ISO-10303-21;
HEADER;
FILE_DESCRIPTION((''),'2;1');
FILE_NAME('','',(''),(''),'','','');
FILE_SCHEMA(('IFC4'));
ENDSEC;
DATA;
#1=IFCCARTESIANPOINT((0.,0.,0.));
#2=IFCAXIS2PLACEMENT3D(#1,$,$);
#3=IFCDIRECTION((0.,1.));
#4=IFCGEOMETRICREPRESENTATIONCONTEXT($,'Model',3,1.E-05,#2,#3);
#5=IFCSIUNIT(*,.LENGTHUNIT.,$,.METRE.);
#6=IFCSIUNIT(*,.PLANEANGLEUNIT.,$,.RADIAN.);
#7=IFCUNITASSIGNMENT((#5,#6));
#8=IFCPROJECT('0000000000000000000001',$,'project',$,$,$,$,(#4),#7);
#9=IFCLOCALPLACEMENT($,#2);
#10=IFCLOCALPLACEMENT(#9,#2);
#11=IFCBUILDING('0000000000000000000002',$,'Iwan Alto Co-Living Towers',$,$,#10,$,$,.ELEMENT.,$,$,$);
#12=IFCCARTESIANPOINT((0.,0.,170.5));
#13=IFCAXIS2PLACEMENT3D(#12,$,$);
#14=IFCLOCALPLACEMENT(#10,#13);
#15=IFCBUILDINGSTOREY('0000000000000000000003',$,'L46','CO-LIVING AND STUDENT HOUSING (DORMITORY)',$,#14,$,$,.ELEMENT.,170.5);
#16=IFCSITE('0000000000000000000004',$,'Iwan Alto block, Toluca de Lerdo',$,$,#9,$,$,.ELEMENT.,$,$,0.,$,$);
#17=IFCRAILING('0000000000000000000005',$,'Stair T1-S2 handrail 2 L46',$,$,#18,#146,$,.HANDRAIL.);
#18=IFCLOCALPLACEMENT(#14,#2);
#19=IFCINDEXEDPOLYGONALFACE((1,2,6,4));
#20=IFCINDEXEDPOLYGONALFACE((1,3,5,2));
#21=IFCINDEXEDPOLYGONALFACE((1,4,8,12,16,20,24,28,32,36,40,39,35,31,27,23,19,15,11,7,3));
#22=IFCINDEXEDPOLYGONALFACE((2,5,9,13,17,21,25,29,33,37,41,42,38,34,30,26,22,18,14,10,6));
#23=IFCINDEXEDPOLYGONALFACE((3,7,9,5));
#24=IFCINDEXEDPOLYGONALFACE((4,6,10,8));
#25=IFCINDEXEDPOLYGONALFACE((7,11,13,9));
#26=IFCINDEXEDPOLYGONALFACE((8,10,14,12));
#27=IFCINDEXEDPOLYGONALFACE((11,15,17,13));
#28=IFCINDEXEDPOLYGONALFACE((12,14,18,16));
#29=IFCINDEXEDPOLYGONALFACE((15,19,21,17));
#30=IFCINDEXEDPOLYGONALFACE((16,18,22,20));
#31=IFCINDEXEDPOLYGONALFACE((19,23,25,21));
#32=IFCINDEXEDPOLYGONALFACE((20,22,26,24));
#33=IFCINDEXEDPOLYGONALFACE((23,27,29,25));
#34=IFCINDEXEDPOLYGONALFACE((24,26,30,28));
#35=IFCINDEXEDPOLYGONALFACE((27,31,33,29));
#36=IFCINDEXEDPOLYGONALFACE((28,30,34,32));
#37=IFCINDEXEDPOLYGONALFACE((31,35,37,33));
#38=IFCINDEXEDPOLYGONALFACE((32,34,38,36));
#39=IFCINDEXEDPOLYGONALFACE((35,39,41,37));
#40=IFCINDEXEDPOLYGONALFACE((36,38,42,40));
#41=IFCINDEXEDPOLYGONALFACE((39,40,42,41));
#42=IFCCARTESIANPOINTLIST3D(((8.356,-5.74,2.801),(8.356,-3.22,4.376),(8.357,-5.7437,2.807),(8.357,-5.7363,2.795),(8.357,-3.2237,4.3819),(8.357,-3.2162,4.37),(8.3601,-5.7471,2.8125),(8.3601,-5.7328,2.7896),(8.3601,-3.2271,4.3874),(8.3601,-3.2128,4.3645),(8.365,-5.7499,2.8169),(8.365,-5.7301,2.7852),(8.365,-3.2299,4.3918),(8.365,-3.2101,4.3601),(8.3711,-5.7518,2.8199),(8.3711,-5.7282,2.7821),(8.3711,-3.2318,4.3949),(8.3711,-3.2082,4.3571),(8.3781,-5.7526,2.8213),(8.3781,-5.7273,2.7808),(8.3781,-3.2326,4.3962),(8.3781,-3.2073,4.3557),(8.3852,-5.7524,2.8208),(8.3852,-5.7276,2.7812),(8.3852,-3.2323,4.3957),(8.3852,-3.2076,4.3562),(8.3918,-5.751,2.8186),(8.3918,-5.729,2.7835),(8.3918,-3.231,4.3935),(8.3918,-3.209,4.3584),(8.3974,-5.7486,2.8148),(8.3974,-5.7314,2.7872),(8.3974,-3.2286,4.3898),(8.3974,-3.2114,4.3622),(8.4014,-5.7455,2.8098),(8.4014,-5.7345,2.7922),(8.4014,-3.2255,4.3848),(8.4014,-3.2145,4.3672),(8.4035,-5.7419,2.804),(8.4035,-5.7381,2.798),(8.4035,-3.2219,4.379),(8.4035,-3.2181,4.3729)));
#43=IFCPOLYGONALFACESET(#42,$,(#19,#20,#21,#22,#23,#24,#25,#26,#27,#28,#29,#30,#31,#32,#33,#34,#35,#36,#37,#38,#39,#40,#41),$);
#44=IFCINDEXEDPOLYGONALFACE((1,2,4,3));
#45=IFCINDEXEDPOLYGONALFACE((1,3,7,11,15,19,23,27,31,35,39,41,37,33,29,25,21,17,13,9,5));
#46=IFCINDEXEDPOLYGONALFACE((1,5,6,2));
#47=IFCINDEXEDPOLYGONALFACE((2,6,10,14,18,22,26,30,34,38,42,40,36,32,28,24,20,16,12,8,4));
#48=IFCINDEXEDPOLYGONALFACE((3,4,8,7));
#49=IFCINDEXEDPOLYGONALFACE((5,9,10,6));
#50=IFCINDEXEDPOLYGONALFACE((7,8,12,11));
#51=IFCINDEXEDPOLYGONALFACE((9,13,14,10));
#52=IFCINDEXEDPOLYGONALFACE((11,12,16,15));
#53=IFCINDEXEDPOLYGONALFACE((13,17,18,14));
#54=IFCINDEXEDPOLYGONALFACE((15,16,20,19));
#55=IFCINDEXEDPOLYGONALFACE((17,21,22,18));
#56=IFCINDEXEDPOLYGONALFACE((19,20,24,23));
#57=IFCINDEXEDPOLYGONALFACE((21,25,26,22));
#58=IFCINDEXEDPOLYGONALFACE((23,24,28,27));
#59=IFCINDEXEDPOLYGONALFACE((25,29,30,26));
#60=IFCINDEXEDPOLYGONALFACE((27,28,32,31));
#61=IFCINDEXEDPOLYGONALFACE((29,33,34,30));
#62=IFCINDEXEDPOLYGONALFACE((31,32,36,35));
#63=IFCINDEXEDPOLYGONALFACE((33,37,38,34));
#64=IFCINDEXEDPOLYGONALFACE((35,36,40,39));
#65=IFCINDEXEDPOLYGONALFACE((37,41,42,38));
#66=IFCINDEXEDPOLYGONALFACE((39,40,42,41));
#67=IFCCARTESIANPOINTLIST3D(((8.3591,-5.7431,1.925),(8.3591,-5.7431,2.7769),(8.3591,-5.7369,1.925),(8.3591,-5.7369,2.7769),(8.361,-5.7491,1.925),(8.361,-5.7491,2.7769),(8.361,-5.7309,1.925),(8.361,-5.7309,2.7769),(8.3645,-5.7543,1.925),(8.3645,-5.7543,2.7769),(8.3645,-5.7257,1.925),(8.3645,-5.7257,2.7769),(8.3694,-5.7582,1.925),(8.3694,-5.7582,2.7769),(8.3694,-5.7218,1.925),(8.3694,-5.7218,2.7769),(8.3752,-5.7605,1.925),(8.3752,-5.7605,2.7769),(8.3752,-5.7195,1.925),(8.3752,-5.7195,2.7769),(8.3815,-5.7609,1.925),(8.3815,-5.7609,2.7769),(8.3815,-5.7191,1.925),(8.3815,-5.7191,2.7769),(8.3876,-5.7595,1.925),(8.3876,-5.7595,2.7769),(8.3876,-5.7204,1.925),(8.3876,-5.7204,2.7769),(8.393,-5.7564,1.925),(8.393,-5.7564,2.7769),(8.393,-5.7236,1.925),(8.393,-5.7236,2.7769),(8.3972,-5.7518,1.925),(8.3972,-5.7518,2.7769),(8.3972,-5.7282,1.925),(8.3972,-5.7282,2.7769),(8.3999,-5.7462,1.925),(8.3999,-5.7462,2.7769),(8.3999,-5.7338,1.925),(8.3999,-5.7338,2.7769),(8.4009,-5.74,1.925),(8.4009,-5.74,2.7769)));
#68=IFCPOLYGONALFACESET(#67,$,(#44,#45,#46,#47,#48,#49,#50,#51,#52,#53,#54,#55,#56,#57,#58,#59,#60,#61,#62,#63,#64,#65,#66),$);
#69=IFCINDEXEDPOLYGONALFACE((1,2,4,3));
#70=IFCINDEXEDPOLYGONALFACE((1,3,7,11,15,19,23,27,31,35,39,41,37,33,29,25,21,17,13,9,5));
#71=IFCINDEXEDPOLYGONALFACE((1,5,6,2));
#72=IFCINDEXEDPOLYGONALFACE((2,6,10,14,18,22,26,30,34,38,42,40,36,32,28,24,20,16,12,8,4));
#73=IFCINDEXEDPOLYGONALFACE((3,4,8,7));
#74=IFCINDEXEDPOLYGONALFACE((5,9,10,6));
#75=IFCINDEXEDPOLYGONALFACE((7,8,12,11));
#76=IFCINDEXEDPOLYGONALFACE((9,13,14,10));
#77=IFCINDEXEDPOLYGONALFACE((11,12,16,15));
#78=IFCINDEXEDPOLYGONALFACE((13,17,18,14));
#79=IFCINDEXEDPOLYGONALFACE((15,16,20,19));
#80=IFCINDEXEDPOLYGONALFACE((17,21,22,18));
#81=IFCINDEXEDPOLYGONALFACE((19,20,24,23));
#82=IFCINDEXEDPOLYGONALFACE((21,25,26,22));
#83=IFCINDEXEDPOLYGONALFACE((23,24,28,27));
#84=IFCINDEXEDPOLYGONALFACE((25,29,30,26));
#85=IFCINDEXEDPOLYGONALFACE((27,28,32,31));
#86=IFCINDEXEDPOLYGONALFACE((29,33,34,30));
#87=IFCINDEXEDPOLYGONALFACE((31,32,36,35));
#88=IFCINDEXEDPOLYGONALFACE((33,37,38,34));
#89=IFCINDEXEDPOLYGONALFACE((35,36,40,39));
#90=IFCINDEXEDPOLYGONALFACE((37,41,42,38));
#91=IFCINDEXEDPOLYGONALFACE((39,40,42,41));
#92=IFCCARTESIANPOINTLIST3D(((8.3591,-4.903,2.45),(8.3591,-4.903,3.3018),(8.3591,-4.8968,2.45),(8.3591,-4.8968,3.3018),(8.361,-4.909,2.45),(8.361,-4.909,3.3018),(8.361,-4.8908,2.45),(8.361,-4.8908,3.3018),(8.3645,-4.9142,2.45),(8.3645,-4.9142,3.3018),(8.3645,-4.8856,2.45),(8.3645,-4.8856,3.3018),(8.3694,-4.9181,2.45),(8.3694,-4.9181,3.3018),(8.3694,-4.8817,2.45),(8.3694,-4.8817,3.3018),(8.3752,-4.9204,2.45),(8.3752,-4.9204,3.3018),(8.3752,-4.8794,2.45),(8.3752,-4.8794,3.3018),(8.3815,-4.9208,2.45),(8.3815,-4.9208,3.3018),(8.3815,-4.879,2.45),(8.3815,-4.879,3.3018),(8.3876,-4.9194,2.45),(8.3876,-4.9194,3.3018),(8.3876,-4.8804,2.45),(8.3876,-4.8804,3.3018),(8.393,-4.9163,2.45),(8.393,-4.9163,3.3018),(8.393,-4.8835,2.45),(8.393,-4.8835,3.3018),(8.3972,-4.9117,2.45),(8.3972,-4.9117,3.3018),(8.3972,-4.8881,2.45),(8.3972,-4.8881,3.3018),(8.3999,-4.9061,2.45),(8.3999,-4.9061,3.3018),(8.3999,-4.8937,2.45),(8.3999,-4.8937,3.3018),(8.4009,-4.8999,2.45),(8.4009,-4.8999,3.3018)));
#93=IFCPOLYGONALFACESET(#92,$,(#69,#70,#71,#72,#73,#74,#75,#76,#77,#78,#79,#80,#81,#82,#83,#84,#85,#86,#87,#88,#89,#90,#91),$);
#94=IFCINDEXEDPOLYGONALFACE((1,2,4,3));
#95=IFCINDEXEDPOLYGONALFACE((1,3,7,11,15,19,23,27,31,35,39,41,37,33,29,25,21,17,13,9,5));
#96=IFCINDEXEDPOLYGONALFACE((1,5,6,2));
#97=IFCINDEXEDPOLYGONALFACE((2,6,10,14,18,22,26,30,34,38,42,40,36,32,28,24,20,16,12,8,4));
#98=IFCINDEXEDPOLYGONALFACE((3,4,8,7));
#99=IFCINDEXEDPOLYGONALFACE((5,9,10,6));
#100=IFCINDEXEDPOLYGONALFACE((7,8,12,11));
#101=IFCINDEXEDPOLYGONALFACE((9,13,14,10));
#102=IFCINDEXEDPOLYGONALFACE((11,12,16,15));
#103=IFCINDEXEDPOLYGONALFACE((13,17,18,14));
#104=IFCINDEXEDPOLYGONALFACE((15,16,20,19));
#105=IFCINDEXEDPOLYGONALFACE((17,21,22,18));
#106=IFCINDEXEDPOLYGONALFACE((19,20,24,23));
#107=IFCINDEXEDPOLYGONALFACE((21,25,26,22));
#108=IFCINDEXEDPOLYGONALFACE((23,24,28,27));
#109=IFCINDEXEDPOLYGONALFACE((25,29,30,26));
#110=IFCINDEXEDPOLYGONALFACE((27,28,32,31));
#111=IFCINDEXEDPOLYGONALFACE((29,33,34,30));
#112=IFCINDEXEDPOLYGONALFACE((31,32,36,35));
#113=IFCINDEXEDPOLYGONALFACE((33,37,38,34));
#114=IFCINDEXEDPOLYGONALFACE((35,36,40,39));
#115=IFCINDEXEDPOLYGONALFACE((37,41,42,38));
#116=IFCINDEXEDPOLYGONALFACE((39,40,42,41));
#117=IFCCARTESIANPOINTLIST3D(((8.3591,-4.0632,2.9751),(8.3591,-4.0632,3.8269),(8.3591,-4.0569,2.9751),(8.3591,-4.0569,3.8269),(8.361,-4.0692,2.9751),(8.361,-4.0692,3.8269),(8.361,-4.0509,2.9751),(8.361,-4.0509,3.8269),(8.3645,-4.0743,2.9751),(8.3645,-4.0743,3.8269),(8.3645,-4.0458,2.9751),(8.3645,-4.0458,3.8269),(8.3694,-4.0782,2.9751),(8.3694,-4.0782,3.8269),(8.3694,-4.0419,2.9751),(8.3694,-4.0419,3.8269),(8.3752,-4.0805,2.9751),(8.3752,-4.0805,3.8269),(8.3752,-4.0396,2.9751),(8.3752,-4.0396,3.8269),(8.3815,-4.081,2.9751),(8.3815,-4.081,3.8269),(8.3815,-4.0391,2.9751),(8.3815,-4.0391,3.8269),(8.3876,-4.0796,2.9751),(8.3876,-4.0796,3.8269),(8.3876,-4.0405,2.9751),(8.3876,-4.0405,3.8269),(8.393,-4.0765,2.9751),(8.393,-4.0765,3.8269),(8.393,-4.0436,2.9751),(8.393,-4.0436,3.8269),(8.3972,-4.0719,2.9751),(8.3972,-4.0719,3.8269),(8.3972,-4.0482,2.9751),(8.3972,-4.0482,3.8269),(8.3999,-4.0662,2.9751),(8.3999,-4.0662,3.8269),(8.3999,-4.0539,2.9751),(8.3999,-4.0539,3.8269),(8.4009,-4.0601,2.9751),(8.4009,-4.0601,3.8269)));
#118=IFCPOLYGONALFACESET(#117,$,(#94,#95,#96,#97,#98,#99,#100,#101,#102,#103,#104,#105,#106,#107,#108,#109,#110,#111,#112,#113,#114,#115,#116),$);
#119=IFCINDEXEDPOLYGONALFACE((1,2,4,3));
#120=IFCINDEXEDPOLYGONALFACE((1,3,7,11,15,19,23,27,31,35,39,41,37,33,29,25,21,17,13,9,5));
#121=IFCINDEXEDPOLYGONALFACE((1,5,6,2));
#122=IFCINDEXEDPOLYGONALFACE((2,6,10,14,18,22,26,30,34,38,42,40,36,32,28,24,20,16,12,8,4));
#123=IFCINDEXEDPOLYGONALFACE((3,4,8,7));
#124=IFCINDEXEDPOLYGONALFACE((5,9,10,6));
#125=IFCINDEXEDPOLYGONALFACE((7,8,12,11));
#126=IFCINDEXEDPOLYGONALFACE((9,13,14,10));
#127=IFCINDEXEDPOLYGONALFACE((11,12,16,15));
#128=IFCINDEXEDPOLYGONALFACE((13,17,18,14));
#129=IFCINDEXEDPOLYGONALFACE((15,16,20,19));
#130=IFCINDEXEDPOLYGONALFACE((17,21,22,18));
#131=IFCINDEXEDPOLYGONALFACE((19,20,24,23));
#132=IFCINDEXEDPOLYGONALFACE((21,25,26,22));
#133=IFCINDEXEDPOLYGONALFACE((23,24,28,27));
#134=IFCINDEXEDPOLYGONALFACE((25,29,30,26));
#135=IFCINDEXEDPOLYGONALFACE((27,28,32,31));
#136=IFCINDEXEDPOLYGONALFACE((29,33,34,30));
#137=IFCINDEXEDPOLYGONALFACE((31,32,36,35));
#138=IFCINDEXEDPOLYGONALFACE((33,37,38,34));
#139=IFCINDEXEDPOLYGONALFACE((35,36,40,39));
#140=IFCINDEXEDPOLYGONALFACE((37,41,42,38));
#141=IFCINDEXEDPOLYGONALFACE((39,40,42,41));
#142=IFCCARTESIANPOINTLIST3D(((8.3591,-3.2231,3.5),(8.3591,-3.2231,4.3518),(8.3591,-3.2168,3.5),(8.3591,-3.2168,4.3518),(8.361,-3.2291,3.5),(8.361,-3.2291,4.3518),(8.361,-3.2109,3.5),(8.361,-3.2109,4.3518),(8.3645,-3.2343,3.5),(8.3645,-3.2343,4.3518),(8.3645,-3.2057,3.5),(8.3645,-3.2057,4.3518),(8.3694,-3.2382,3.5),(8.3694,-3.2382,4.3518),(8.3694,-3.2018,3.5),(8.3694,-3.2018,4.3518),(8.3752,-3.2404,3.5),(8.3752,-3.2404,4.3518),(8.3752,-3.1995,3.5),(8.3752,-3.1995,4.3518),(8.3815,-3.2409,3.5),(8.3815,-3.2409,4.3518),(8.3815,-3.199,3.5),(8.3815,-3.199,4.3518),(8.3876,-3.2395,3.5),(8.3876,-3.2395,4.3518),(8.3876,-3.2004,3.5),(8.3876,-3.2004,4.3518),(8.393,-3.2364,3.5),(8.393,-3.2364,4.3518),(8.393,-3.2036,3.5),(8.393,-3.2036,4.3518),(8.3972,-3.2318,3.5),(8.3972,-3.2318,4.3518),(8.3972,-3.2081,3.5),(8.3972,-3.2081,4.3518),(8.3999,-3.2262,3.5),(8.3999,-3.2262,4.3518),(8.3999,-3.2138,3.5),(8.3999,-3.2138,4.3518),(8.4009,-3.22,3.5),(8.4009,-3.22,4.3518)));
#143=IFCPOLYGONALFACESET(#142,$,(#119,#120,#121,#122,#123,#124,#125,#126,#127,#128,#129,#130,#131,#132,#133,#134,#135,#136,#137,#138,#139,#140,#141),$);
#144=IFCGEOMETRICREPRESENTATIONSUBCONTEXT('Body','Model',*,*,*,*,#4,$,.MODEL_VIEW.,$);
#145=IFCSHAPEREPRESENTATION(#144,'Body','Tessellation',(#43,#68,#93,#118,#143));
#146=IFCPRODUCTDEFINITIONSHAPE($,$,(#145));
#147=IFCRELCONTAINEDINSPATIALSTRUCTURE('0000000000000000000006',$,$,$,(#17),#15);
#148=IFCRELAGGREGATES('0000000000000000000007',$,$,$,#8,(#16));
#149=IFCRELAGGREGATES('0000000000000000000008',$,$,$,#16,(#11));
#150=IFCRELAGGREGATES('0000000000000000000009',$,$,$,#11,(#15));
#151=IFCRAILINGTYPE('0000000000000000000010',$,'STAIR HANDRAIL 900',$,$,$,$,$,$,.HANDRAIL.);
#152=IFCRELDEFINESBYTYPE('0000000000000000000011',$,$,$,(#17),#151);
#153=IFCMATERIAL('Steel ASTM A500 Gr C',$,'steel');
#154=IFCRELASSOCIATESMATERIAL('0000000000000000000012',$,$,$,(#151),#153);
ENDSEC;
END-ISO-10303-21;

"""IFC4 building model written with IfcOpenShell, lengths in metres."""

from ifc_helpers import new_model, si_unit, direction, frame, origin, origin_2d, place, context, subcontext, project, spatial, circle, extrude, material, type_object, element, save


model = new_model("IFC4")

# Units and contexts
model_context = context("Model", 3, precision=1e-05, world=origin(), true_north=direction((0.0, 1.0)))
body_context = subcontext(model_context, "Body", "Model", "MODEL_VIEW")
ifc_project = project(units=[si_unit("LENGTHUNIT", "METRE"), si_unit("PLANEANGLEUNIT", "RADIAN")], contexts=[model_context])

# Site, building, storey
site_placement = place(None, origin())
site = spatial("IfcSite", under=ifc_project, at=site_placement, Name="Iwan Alto block, Toluca de Lerdo", CompositionType="ELEMENT", RefElevation=0.0)
building_placement = place(site_placement, origin())
building = spatial("IfcBuilding", under=site, at=building_placement, Name="Iwan Alto Co-Living Towers", CompositionType="ELEMENT")
storey_placement = place(building_placement, frame((0.0, 0.0, 170.5)))
storey = spatial("IfcBuildingStorey", under=building, at=storey_placement, Name="L46", Description="CO-LIVING AND STUDENT HOUSING (DORMITORY)", CompositionType="ELEMENT", Elevation=170.5)

# Railing
ifc_material_1 = material(Name="Steel ASTM A500 Gr C", Category="steel")
railing_type_1 = type_object("IfcRailingType", Name="STAIR HANDRAIL 900", PredefinedType="HANDRAIL", material=ifc_material_1)
railing_1_placement = place(storey_placement, frame((8.3799, -5.74, 1.925)))
element("IfcRailing", 1, at=railing_1_placement, inside=storey, type_object=railing_type_1, Name="Stair T1-S2 handrail 2 L46", PredefinedType="HANDRAIL", context=body_context, shape_type="SweptSolid", body=[
    extrude(circle(Radius=0.0239, at=origin_2d()), frame((0.0, 0.0, 0.876), z_axis=(0.0, 0.848008, 0.529984), x_axis=(-1.0, 0.0, 0.0)), (0.0, 0.0, 1.0), 2.9717),
    extrude(circle(Radius=0.021, at=origin_2d()), origin(), (0.0, 0.0, 1.0), 0.8518),
    extrude(circle(Radius=0.021, at=origin_2d()), frame((0.0, 0.8401, 0.5249)), (0.0, 0.0, 1.0), 0.8518),
    extrude(circle(Radius=0.021, at=origin_2d()), frame((0.0, 1.6799, 1.05)), (0.0, 0.0, 1.0), 0.8518),
    extrude(circle(Radius=0.021, at=origin_2d()), frame((0.0, 2.52, 1.575)), (0.0, 0.0, 1.0), 0.8518),
])

save(model, "model.ifc")
